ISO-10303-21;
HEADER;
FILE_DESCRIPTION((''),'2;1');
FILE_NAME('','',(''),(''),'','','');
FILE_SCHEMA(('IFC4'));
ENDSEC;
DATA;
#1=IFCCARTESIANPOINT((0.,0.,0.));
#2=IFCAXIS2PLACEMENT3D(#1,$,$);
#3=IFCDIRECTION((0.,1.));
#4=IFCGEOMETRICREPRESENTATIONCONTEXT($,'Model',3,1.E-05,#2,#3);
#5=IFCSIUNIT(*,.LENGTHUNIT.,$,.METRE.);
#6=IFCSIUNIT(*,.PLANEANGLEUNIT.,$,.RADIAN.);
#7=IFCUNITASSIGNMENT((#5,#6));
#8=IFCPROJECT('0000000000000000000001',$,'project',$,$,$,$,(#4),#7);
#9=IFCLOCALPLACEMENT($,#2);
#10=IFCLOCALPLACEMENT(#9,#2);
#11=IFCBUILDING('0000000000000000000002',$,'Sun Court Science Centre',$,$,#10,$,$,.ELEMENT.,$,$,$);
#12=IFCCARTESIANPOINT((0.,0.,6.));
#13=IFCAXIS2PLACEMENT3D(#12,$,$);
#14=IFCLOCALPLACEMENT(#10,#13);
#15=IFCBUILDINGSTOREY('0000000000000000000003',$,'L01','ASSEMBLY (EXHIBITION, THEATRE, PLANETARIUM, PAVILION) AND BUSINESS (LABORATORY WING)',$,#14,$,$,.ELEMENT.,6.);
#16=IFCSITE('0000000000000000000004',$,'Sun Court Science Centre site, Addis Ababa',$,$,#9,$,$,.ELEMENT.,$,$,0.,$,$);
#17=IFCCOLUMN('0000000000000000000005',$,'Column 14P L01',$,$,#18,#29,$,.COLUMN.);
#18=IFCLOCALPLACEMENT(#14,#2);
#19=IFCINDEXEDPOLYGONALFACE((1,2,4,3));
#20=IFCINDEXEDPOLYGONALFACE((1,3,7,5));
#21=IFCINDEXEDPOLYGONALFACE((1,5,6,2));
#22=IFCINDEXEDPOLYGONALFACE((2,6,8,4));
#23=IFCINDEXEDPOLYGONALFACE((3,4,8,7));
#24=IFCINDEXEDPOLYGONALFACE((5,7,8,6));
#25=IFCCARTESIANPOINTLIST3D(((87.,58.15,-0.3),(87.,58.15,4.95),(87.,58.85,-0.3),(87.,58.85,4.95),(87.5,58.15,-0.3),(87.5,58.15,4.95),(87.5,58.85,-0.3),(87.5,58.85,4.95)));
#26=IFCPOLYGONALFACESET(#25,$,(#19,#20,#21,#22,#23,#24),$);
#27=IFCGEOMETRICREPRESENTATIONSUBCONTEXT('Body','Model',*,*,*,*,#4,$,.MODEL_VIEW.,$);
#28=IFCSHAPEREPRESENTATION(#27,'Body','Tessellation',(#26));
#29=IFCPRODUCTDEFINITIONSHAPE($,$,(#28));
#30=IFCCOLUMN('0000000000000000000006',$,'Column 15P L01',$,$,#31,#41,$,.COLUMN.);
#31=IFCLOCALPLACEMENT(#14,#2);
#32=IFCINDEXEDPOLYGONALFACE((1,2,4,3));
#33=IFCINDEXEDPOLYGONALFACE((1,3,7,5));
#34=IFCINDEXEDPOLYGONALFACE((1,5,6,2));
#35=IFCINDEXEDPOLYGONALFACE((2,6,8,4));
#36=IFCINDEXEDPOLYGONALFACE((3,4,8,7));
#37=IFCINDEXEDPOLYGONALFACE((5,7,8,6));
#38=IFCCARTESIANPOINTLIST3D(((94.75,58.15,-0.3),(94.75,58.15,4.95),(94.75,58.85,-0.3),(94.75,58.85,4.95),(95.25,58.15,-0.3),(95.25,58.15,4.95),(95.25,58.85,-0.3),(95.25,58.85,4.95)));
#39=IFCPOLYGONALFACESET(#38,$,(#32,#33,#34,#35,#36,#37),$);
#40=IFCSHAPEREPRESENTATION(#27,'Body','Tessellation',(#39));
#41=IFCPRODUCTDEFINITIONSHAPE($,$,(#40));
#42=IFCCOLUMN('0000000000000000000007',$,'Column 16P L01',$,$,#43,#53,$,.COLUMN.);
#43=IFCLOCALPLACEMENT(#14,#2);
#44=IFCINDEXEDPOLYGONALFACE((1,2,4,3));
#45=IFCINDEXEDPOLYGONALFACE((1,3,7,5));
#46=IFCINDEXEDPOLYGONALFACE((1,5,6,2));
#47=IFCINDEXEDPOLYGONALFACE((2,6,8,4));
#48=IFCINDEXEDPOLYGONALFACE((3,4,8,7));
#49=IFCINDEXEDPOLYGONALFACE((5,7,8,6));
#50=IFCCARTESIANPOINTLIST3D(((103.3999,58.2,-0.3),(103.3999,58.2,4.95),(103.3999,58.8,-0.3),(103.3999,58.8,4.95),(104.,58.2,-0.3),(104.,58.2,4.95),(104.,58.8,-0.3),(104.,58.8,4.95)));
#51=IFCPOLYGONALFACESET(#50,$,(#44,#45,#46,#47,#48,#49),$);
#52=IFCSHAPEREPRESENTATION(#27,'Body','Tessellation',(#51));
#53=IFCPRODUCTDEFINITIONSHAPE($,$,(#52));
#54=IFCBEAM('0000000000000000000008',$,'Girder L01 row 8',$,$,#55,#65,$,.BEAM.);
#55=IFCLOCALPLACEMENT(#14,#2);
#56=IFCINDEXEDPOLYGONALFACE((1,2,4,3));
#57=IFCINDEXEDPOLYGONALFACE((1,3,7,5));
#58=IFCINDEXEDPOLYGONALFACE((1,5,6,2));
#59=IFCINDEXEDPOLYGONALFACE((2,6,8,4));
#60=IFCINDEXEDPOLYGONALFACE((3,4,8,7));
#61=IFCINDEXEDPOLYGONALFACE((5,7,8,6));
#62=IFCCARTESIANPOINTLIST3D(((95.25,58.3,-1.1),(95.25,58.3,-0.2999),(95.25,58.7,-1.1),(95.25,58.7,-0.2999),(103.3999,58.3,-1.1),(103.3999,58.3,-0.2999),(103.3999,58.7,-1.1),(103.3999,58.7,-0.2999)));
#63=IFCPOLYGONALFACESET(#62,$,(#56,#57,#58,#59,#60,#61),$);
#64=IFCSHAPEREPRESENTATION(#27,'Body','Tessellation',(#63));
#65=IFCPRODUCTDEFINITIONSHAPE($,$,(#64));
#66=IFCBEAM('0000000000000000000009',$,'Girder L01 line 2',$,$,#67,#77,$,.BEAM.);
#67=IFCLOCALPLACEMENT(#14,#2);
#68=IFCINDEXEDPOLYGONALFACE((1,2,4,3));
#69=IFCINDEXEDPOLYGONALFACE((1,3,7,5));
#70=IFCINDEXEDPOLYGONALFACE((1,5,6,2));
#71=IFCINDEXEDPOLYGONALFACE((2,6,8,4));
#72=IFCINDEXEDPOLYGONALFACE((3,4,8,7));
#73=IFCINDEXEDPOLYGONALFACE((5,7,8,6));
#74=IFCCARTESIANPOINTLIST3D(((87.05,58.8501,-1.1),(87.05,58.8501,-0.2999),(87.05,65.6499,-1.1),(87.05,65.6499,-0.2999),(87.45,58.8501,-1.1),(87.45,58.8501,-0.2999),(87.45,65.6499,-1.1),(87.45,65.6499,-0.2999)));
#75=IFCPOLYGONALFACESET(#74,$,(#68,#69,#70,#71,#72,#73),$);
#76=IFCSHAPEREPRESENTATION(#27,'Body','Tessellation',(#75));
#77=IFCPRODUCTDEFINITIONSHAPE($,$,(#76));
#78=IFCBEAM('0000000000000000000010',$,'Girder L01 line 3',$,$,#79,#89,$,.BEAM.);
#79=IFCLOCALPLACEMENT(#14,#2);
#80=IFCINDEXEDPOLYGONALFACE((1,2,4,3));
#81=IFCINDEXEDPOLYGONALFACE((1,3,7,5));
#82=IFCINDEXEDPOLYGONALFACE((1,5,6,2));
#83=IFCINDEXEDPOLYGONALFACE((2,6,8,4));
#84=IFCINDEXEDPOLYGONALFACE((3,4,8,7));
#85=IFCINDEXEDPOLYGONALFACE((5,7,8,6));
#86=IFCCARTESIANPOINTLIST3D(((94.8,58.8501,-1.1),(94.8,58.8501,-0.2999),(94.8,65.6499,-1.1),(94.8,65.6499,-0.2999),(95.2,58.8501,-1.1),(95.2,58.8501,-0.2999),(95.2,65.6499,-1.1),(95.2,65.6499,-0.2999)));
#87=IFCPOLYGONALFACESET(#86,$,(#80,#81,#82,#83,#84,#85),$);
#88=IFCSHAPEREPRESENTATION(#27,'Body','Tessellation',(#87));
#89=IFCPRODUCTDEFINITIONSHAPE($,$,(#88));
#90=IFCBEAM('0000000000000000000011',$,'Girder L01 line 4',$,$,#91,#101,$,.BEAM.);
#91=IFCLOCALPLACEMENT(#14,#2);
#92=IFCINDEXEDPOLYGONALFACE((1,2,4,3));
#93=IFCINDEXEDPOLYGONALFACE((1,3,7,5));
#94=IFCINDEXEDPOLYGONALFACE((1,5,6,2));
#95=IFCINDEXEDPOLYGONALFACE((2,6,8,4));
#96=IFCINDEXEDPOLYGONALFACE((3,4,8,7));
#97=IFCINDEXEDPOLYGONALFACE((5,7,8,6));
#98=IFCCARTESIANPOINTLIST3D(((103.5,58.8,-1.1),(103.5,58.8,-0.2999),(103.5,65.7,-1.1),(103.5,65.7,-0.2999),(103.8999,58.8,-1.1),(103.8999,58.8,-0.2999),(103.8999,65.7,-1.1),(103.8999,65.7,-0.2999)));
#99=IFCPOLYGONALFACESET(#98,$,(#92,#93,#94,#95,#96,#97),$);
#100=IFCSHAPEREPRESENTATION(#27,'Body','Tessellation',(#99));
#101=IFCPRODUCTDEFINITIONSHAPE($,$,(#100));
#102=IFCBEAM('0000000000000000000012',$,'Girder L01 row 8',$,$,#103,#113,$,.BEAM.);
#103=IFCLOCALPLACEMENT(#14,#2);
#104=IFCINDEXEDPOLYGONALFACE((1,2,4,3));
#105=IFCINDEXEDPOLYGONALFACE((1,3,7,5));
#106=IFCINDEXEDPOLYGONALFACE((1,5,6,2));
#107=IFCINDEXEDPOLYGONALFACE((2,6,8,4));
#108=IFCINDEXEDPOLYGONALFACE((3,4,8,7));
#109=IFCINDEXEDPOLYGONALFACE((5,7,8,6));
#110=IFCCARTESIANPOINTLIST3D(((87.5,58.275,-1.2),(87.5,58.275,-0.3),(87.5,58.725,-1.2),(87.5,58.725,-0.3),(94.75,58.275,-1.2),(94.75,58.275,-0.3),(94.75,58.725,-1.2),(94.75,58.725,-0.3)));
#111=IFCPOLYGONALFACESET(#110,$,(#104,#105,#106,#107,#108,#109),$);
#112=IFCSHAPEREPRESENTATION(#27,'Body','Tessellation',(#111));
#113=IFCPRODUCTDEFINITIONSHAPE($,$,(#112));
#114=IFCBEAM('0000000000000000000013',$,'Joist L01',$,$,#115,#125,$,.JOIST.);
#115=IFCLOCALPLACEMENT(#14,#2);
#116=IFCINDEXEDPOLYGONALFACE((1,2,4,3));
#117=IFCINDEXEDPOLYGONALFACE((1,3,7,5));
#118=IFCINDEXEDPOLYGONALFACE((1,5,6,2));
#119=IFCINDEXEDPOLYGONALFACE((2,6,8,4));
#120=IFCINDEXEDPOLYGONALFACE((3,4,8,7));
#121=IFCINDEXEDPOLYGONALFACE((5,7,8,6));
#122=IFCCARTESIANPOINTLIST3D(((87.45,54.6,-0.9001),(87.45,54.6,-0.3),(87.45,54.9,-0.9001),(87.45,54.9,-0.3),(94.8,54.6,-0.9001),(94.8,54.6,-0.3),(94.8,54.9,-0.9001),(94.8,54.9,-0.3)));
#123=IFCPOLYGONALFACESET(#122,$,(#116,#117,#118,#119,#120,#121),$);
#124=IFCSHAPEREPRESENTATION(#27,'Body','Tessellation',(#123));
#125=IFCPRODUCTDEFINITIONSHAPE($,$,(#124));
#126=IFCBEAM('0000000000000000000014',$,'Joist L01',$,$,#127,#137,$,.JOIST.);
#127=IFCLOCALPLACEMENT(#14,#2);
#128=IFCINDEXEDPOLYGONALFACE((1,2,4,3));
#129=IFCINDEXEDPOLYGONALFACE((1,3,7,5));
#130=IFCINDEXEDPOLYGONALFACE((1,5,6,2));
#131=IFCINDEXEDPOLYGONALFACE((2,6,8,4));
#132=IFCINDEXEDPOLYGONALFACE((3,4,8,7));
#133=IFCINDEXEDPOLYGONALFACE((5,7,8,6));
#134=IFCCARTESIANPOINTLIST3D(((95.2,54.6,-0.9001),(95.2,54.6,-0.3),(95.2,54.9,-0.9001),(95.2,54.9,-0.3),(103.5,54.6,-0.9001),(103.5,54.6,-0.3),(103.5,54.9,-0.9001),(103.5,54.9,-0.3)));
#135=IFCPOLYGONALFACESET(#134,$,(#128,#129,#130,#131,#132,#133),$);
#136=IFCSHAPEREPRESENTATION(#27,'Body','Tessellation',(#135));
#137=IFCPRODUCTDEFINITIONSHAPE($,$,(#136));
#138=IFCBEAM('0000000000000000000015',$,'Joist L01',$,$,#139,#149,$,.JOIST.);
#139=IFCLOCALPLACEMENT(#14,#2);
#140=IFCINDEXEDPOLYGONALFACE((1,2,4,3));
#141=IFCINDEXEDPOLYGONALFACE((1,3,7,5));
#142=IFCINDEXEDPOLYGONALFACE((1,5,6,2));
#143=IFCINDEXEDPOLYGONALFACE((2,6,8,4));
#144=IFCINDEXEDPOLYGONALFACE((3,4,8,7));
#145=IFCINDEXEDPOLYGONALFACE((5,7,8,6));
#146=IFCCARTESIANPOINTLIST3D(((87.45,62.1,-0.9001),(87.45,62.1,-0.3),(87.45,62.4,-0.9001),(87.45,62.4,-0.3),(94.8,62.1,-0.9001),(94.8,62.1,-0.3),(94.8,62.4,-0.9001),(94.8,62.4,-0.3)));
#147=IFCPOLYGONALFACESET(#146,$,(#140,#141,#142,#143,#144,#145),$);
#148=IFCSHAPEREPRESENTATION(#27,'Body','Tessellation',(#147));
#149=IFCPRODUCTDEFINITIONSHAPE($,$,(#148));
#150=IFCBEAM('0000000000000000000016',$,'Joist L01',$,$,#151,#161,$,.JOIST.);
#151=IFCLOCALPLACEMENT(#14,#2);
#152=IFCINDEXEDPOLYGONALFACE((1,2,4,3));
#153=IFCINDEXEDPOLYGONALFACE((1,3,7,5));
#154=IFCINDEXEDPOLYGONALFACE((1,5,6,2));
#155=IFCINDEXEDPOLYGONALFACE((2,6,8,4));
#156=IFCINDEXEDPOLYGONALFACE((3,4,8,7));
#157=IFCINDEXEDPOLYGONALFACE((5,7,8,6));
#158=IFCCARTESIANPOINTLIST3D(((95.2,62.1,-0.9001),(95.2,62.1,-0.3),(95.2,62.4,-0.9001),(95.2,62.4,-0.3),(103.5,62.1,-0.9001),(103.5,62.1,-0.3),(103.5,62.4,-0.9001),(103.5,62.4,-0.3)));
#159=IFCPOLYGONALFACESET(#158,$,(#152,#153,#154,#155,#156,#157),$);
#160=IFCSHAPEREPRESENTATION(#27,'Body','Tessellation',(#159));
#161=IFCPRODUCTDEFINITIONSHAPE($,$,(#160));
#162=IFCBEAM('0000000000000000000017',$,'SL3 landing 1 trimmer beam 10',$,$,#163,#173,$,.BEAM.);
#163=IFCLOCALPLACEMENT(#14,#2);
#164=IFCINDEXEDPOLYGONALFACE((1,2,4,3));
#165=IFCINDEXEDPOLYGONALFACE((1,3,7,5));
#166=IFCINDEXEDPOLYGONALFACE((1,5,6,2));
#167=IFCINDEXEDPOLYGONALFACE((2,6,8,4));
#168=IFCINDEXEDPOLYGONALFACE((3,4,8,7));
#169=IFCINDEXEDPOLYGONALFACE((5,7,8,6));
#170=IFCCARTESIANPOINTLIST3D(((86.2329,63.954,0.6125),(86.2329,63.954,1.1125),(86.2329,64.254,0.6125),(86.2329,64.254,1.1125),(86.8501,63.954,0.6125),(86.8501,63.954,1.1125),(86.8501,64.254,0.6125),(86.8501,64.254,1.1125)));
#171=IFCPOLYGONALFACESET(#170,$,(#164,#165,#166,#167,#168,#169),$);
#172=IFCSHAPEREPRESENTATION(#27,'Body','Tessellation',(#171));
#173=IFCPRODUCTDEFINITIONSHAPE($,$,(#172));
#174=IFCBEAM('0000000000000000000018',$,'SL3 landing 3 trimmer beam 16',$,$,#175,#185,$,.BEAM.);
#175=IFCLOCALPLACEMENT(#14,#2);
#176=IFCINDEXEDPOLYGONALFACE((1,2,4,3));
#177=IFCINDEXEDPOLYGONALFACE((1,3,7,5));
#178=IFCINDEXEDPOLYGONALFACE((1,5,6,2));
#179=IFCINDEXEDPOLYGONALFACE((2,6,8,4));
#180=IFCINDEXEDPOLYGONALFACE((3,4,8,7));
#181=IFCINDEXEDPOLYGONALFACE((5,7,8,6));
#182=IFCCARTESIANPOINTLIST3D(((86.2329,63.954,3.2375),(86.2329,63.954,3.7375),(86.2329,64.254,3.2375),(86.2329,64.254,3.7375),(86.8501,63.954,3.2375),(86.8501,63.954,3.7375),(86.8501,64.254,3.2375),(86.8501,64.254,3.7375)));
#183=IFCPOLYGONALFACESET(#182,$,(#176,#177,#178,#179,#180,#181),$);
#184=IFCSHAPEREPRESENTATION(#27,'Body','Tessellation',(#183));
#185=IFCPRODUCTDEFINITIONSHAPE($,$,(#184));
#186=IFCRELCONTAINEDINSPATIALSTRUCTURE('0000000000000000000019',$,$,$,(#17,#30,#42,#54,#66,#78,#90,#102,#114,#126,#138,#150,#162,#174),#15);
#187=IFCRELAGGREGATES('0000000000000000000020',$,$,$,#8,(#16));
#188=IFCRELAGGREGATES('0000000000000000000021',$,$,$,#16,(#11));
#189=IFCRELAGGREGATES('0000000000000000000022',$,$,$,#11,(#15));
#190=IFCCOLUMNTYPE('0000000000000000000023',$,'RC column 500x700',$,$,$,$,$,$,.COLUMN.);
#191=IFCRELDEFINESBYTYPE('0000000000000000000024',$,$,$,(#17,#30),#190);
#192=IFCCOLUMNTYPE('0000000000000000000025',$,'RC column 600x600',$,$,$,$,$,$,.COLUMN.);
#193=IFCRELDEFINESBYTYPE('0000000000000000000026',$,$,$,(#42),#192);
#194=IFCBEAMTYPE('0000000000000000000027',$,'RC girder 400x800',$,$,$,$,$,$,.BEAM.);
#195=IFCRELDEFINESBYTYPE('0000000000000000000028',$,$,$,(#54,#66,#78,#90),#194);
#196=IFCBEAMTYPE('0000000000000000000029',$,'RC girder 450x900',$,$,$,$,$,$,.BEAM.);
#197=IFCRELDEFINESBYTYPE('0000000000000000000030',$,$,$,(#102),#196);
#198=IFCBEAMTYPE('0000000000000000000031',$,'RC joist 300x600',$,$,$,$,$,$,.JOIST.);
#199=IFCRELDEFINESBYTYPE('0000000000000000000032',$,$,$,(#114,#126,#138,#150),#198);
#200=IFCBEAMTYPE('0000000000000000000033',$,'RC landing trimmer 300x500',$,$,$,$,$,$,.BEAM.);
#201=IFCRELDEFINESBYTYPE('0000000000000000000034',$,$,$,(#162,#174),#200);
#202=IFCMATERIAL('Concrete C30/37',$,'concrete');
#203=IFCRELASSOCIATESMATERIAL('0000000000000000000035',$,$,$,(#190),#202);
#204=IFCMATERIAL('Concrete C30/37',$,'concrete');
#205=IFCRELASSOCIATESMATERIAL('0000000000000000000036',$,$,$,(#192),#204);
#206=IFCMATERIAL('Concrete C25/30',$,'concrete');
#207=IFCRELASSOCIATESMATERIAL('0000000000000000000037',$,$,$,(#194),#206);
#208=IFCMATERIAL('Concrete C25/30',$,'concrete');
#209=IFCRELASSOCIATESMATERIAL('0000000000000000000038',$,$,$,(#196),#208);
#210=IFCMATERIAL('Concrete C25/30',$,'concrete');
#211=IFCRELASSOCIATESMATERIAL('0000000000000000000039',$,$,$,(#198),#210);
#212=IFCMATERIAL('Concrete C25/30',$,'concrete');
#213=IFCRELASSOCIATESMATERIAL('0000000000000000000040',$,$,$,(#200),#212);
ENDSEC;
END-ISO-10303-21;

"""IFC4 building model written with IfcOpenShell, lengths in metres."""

from ifc_helpers import new_model, si_unit, direction, frame, origin, origin_2d, place, context, subcontext, project, spatial, rectangle, extrude, material, material_profile, profile_set, type_object, element, save


model = new_model("IFC4")

# Units and contexts
model_context = context("Model", 3, precision=1e-05, world=origin(), true_north=direction((0.0, 1.0)))
body_context = subcontext(model_context, "Body", "Model", "MODEL_VIEW")
ifc_project = project(units=[si_unit("LENGTHUNIT", "METRE"), si_unit("PLANEANGLEUNIT", "RADIAN")], contexts=[model_context])

# Site, building, storey
site_placement = place(None, origin())
site = spatial("IfcSite", under=ifc_project, at=site_placement, Name="Sun Court Science Centre site, Addis Ababa", CompositionType="ELEMENT", RefElevation=0.0)
building_placement = place(site_placement, origin())
building = spatial("IfcBuilding", under=site, at=building_placement, Name="Sun Court Science Centre", CompositionType="ELEMENT")
storey_placement = place(building_placement, frame((0.0, 0.0, 6.0)))
storey = spatial("IfcBuildingStorey", under=building, at=storey_placement, Name="L01", Description="ASSEMBLY (EXHIBITION, THEATRE, PLANETARIUM, PAVILION) AND BUSINESS (LABORATORY WING)", CompositionType="ELEMENT", Elevation=6.0)

# Columns
ifc_material_1 = material(Name="Concrete C30/37", Category="concrete")
ifc_material_profile_1 = material_profile(ifc_material_1, rectangle(XDim=0.5, YDim=0.7, at=origin_2d()), Name="RC 500x700")
ifc_profile_set_1 = profile_set([ifc_material_profile_1], Name="Concrete C30/37")
column_type_1 = type_object("IfcColumnType", Name="RC column 500x700", PredefinedType="COLUMN", material=ifc_profile_set_1)
for number, where, z_axis, x_axis, name in (
    (1, (87.25, 58.5, -0.3), (0.0, 0.0, 1.0), (1.0, 0.0, 0.0), "Column 14P L01"),
    (2, (95.0, 58.5, -0.3), (0.0, 0.0, 1.0), (1.0, 0.0, 0.0), "Column 15P L01"),
):
    element("IfcColumn", number, at=place(storey_placement, frame(where, z_axis=z_axis, x_axis=x_axis)), inside=storey, type_object=column_type_1, Name=name, PredefinedType="COLUMN", context=body_context, shape_type="SweptSolid", body=[
        extrude(rectangle(XDim=0.5, YDim=0.7, at=origin_2d()), origin(), (0.0, 0.0, 1.0), 5.25),
    ])
ifc_material_2 = material(Name="Concrete C30/37", Category="concrete")
ifc_material_profile_2 = material_profile(ifc_material_2, rectangle(XDim=0.6001, YDim=0.6001, at=origin_2d()), Name="RC 600x600")
ifc_profile_set_2 = profile_set([ifc_material_profile_2], Name="Concrete C30/37")
column_type_2 = type_object("IfcColumnType", Name="RC column 600x600", PredefinedType="COLUMN", material=ifc_profile_set_2)
column_placement = place(storey_placement, frame((103.7, 58.5, -0.3), z_axis=(0.0, 0.0, 1.0), x_axis=(1.0, 0.0, 0.0)))
element("IfcColumn", 3, at=column_placement, inside=storey, type_object=column_type_2, Name="Column 16P L01", PredefinedType="COLUMN", context=body_context, shape_type="SweptSolid", body=[
    extrude(rectangle(XDim=0.6001, YDim=0.6001, at=origin_2d()), origin(), (0.0, 0.0, 1.0), 5.25),
])

# Beams
ifc_material_3 = material(Name="Concrete C25/30", Category="concrete")
ifc_material_profile_3 = material_profile(ifc_material_3, rectangle(XDim=0.3999, YDim=0.8, at=origin_2d()), Name="RC 400x800")
ifc_profile_set_3 = profile_set([ifc_material_profile_3], Name="Concrete C25/30")
beam_type_1 = type_object("IfcBeamType", Name="RC girder 400x800", PredefinedType="BEAM", material=ifc_profile_set_3)
beam_1_placement = place(storey_placement, frame((95.25, 58.5, -0.7), z_axis=(1.0, 0.0, 0.0), x_axis=(0.0, 1.0, 0.0)))
element("IfcBeam", 4, at=beam_1_placement, inside=storey, type_object=beam_type_1, Name="Girder L01 row 8", PredefinedType="BEAM", context=body_context, shape_type="SweptSolid", body=[
    extrude(rectangle(XDim=0.3999, YDim=0.8, at=origin_2d()), origin(), (0.0, 0.0, 1.0), 8.1499),
])
for number, where, z_axis, x_axis, name in (
    (5, (87.25, 58.8501, -0.7), (0.0, 1.0, 0.0), (-1.0, 0.0, 0.0), "Girder L01 line 2"),
    (6, (95.0, 58.8501, -0.7), (0.0, 1.0, 0.0), (-1.0, 0.0, 0.0), "Girder L01 line 3"),
):
    element("IfcBeam", number, at=place(storey_placement, frame(where, z_axis=z_axis, x_axis=x_axis)), inside=storey, type_object=beam_type_1, Name=name, PredefinedType="BEAM", context=body_context, shape_type="SweptSolid", body=[
        extrude(rectangle(XDim=0.3999, YDim=0.8, at=origin_2d()), origin(), (0.0, 0.0, 1.0), 6.7998),
    ])
beam_2_placement = place(storey_placement, frame((103.7, 58.8, -0.7), z_axis=(0.0, 1.0, 0.0), x_axis=(-1.0, 0.0, 0.0)))
element("IfcBeam", 7, at=beam_2_placement, inside=storey, type_object=beam_type_1, Name="Girder L01 line 4", PredefinedType="BEAM", context=body_context, shape_type="SweptSolid", body=[
    extrude(rectangle(XDim=0.3999, YDim=0.8, at=origin_2d()), origin(), (0.0, 0.0, 1.0), 6.8999),
])
ifc_material_4 = material(Name="Concrete C25/30", Category="concrete")
ifc_material_profile_4 = material_profile(ifc_material_4, rectangle(XDim=0.45, YDim=0.8999, at=origin_2d()), Name="RC 450x900")
ifc_profile_set_4 = profile_set([ifc_material_profile_4], Name="Concrete C25/30")
beam_type_2 = type_object("IfcBeamType", Name="RC girder 450x900", PredefinedType="BEAM", material=ifc_profile_set_4)
beam_3_placement = place(storey_placement, frame((87.5, 58.5, -0.75), z_axis=(1.0, 0.0, 0.0), x_axis=(0.0, 1.0, 0.0)))
element("IfcBeam", 8, at=beam_3_placement, inside=storey, type_object=beam_type_2, Name="Girder L01 row 8", PredefinedType="BEAM", context=body_context, shape_type="SweptSolid", body=[
    extrude(rectangle(XDim=0.45, YDim=0.8999, at=origin_2d()), origin(), (0.0, 0.0, 1.0), 7.25),
])
ifc_material_5 = material(Name="Concrete C25/30", Category="concrete")
ifc_material_profile_5 = material_profile(ifc_material_5, rectangle(XDim=0.3, YDim=0.6001, at=origin_2d()), Name="RC 300x600")
ifc_profile_set_5 = profile_set([ifc_material_profile_5], Name="Concrete C25/30")
beam_type_3 = type_object("IfcBeamType", Name="RC joist 300x600", PredefinedType="JOIST", material=ifc_profile_set_5)
beam_4_placement = place(storey_placement, frame((87.45, 54.75, -0.6001), z_axis=(1.0, 0.0, 0.0), x_axis=(0.0, 1.0, 0.0)))
element("IfcBeam", 9, at=beam_4_placement, inside=storey, type_object=beam_type_3, Name="Joist L01", PredefinedType="JOIST", context=body_context, shape_type="SweptSolid", body=[
    extrude(rectangle(XDim=0.3, YDim=0.6001, at=origin_2d()), origin(), (0.0, 0.0, 1.0), 7.3501),
])
beam_5_placement = place(storey_placement, frame((95.2, 54.75, -0.6001), z_axis=(1.0, 0.0, 0.0), x_axis=(0.0, 1.0, 0.0)))
element("IfcBeam", 10, at=beam_5_placement, inside=storey, type_object=beam_type_3, Name="Joist L01", PredefinedType="JOIST", context=body_context, shape_type="SweptSolid", body=[
    extrude(rectangle(XDim=0.3, YDim=0.6001, at=origin_2d()), origin(), (0.0, 0.0, 1.0), 8.3),
])
beam_6_placement = place(storey_placement, frame((87.45, 62.25, -0.6001), z_axis=(1.0, 0.0, 0.0), x_axis=(0.0, 1.0, 0.0)))
element("IfcBeam", 11, at=beam_6_placement, inside=storey, type_object=beam_type_3, Name="Joist L01", PredefinedType="JOIST", context=body_context, shape_type="SweptSolid", body=[
    extrude(rectangle(XDim=0.3, YDim=0.6001, at=origin_2d()), origin(), (0.0, 0.0, 1.0), 7.3501),
])
beam_7_placement = place(storey_placement, frame((95.2, 62.25, -0.6001), z_axis=(1.0, 0.0, 0.0), x_axis=(0.0, 1.0, 0.0)))
element("IfcBeam", 12, at=beam_7_placement, inside=storey, type_object=beam_type_3, Name="Joist L01", PredefinedType="JOIST", context=body_context, shape_type="SweptSolid", body=[
    extrude(rectangle(XDim=0.3, YDim=0.6001, at=origin_2d()), origin(), (0.0, 0.0, 1.0), 8.3),
])
ifc_material_6 = material(Name="Concrete C25/30", Category="concrete")
ifc_material_profile_6 = material_profile(ifc_material_6, rectangle(XDim=0.3, YDim=0.5, at=origin_2d()), Name="RC 300x500")
ifc_profile_set_6 = profile_set([ifc_material_profile_6], Name="Concrete C25/30")
beam_type_4 = type_object("IfcBeamType", Name="RC landing trimmer 300x500", PredefinedType="BEAM", material=ifc_profile_set_6)
for number, where, z_axis, x_axis, name in (
    (13, (86.8501, 64.104, 0.8625), (-1.0, 0.0, 0.0), (0.0, -1.0, 0.0), "SL3 landing 1 trimmer beam 10"),
    (14, (86.8501, 64.104, 3.4875), (-1.0, 0.0, 0.0), (0.0, -1.0, 0.0), "SL3 landing 3 trimmer beam 16"),
):
    element("IfcBeam", number, at=place(storey_placement, frame(where, z_axis=z_axis, x_axis=x_axis)), inside=storey, type_object=beam_type_4, Name=name, PredefinedType="BEAM", context=body_context, shape_type="SweptSolid", body=[
        extrude(rectangle(XDim=0.3, YDim=0.5, at=origin_2d()), origin(), (0.0, 0.0, 1.0), 0.6172),
    ])

save(model, "model.ifc")
